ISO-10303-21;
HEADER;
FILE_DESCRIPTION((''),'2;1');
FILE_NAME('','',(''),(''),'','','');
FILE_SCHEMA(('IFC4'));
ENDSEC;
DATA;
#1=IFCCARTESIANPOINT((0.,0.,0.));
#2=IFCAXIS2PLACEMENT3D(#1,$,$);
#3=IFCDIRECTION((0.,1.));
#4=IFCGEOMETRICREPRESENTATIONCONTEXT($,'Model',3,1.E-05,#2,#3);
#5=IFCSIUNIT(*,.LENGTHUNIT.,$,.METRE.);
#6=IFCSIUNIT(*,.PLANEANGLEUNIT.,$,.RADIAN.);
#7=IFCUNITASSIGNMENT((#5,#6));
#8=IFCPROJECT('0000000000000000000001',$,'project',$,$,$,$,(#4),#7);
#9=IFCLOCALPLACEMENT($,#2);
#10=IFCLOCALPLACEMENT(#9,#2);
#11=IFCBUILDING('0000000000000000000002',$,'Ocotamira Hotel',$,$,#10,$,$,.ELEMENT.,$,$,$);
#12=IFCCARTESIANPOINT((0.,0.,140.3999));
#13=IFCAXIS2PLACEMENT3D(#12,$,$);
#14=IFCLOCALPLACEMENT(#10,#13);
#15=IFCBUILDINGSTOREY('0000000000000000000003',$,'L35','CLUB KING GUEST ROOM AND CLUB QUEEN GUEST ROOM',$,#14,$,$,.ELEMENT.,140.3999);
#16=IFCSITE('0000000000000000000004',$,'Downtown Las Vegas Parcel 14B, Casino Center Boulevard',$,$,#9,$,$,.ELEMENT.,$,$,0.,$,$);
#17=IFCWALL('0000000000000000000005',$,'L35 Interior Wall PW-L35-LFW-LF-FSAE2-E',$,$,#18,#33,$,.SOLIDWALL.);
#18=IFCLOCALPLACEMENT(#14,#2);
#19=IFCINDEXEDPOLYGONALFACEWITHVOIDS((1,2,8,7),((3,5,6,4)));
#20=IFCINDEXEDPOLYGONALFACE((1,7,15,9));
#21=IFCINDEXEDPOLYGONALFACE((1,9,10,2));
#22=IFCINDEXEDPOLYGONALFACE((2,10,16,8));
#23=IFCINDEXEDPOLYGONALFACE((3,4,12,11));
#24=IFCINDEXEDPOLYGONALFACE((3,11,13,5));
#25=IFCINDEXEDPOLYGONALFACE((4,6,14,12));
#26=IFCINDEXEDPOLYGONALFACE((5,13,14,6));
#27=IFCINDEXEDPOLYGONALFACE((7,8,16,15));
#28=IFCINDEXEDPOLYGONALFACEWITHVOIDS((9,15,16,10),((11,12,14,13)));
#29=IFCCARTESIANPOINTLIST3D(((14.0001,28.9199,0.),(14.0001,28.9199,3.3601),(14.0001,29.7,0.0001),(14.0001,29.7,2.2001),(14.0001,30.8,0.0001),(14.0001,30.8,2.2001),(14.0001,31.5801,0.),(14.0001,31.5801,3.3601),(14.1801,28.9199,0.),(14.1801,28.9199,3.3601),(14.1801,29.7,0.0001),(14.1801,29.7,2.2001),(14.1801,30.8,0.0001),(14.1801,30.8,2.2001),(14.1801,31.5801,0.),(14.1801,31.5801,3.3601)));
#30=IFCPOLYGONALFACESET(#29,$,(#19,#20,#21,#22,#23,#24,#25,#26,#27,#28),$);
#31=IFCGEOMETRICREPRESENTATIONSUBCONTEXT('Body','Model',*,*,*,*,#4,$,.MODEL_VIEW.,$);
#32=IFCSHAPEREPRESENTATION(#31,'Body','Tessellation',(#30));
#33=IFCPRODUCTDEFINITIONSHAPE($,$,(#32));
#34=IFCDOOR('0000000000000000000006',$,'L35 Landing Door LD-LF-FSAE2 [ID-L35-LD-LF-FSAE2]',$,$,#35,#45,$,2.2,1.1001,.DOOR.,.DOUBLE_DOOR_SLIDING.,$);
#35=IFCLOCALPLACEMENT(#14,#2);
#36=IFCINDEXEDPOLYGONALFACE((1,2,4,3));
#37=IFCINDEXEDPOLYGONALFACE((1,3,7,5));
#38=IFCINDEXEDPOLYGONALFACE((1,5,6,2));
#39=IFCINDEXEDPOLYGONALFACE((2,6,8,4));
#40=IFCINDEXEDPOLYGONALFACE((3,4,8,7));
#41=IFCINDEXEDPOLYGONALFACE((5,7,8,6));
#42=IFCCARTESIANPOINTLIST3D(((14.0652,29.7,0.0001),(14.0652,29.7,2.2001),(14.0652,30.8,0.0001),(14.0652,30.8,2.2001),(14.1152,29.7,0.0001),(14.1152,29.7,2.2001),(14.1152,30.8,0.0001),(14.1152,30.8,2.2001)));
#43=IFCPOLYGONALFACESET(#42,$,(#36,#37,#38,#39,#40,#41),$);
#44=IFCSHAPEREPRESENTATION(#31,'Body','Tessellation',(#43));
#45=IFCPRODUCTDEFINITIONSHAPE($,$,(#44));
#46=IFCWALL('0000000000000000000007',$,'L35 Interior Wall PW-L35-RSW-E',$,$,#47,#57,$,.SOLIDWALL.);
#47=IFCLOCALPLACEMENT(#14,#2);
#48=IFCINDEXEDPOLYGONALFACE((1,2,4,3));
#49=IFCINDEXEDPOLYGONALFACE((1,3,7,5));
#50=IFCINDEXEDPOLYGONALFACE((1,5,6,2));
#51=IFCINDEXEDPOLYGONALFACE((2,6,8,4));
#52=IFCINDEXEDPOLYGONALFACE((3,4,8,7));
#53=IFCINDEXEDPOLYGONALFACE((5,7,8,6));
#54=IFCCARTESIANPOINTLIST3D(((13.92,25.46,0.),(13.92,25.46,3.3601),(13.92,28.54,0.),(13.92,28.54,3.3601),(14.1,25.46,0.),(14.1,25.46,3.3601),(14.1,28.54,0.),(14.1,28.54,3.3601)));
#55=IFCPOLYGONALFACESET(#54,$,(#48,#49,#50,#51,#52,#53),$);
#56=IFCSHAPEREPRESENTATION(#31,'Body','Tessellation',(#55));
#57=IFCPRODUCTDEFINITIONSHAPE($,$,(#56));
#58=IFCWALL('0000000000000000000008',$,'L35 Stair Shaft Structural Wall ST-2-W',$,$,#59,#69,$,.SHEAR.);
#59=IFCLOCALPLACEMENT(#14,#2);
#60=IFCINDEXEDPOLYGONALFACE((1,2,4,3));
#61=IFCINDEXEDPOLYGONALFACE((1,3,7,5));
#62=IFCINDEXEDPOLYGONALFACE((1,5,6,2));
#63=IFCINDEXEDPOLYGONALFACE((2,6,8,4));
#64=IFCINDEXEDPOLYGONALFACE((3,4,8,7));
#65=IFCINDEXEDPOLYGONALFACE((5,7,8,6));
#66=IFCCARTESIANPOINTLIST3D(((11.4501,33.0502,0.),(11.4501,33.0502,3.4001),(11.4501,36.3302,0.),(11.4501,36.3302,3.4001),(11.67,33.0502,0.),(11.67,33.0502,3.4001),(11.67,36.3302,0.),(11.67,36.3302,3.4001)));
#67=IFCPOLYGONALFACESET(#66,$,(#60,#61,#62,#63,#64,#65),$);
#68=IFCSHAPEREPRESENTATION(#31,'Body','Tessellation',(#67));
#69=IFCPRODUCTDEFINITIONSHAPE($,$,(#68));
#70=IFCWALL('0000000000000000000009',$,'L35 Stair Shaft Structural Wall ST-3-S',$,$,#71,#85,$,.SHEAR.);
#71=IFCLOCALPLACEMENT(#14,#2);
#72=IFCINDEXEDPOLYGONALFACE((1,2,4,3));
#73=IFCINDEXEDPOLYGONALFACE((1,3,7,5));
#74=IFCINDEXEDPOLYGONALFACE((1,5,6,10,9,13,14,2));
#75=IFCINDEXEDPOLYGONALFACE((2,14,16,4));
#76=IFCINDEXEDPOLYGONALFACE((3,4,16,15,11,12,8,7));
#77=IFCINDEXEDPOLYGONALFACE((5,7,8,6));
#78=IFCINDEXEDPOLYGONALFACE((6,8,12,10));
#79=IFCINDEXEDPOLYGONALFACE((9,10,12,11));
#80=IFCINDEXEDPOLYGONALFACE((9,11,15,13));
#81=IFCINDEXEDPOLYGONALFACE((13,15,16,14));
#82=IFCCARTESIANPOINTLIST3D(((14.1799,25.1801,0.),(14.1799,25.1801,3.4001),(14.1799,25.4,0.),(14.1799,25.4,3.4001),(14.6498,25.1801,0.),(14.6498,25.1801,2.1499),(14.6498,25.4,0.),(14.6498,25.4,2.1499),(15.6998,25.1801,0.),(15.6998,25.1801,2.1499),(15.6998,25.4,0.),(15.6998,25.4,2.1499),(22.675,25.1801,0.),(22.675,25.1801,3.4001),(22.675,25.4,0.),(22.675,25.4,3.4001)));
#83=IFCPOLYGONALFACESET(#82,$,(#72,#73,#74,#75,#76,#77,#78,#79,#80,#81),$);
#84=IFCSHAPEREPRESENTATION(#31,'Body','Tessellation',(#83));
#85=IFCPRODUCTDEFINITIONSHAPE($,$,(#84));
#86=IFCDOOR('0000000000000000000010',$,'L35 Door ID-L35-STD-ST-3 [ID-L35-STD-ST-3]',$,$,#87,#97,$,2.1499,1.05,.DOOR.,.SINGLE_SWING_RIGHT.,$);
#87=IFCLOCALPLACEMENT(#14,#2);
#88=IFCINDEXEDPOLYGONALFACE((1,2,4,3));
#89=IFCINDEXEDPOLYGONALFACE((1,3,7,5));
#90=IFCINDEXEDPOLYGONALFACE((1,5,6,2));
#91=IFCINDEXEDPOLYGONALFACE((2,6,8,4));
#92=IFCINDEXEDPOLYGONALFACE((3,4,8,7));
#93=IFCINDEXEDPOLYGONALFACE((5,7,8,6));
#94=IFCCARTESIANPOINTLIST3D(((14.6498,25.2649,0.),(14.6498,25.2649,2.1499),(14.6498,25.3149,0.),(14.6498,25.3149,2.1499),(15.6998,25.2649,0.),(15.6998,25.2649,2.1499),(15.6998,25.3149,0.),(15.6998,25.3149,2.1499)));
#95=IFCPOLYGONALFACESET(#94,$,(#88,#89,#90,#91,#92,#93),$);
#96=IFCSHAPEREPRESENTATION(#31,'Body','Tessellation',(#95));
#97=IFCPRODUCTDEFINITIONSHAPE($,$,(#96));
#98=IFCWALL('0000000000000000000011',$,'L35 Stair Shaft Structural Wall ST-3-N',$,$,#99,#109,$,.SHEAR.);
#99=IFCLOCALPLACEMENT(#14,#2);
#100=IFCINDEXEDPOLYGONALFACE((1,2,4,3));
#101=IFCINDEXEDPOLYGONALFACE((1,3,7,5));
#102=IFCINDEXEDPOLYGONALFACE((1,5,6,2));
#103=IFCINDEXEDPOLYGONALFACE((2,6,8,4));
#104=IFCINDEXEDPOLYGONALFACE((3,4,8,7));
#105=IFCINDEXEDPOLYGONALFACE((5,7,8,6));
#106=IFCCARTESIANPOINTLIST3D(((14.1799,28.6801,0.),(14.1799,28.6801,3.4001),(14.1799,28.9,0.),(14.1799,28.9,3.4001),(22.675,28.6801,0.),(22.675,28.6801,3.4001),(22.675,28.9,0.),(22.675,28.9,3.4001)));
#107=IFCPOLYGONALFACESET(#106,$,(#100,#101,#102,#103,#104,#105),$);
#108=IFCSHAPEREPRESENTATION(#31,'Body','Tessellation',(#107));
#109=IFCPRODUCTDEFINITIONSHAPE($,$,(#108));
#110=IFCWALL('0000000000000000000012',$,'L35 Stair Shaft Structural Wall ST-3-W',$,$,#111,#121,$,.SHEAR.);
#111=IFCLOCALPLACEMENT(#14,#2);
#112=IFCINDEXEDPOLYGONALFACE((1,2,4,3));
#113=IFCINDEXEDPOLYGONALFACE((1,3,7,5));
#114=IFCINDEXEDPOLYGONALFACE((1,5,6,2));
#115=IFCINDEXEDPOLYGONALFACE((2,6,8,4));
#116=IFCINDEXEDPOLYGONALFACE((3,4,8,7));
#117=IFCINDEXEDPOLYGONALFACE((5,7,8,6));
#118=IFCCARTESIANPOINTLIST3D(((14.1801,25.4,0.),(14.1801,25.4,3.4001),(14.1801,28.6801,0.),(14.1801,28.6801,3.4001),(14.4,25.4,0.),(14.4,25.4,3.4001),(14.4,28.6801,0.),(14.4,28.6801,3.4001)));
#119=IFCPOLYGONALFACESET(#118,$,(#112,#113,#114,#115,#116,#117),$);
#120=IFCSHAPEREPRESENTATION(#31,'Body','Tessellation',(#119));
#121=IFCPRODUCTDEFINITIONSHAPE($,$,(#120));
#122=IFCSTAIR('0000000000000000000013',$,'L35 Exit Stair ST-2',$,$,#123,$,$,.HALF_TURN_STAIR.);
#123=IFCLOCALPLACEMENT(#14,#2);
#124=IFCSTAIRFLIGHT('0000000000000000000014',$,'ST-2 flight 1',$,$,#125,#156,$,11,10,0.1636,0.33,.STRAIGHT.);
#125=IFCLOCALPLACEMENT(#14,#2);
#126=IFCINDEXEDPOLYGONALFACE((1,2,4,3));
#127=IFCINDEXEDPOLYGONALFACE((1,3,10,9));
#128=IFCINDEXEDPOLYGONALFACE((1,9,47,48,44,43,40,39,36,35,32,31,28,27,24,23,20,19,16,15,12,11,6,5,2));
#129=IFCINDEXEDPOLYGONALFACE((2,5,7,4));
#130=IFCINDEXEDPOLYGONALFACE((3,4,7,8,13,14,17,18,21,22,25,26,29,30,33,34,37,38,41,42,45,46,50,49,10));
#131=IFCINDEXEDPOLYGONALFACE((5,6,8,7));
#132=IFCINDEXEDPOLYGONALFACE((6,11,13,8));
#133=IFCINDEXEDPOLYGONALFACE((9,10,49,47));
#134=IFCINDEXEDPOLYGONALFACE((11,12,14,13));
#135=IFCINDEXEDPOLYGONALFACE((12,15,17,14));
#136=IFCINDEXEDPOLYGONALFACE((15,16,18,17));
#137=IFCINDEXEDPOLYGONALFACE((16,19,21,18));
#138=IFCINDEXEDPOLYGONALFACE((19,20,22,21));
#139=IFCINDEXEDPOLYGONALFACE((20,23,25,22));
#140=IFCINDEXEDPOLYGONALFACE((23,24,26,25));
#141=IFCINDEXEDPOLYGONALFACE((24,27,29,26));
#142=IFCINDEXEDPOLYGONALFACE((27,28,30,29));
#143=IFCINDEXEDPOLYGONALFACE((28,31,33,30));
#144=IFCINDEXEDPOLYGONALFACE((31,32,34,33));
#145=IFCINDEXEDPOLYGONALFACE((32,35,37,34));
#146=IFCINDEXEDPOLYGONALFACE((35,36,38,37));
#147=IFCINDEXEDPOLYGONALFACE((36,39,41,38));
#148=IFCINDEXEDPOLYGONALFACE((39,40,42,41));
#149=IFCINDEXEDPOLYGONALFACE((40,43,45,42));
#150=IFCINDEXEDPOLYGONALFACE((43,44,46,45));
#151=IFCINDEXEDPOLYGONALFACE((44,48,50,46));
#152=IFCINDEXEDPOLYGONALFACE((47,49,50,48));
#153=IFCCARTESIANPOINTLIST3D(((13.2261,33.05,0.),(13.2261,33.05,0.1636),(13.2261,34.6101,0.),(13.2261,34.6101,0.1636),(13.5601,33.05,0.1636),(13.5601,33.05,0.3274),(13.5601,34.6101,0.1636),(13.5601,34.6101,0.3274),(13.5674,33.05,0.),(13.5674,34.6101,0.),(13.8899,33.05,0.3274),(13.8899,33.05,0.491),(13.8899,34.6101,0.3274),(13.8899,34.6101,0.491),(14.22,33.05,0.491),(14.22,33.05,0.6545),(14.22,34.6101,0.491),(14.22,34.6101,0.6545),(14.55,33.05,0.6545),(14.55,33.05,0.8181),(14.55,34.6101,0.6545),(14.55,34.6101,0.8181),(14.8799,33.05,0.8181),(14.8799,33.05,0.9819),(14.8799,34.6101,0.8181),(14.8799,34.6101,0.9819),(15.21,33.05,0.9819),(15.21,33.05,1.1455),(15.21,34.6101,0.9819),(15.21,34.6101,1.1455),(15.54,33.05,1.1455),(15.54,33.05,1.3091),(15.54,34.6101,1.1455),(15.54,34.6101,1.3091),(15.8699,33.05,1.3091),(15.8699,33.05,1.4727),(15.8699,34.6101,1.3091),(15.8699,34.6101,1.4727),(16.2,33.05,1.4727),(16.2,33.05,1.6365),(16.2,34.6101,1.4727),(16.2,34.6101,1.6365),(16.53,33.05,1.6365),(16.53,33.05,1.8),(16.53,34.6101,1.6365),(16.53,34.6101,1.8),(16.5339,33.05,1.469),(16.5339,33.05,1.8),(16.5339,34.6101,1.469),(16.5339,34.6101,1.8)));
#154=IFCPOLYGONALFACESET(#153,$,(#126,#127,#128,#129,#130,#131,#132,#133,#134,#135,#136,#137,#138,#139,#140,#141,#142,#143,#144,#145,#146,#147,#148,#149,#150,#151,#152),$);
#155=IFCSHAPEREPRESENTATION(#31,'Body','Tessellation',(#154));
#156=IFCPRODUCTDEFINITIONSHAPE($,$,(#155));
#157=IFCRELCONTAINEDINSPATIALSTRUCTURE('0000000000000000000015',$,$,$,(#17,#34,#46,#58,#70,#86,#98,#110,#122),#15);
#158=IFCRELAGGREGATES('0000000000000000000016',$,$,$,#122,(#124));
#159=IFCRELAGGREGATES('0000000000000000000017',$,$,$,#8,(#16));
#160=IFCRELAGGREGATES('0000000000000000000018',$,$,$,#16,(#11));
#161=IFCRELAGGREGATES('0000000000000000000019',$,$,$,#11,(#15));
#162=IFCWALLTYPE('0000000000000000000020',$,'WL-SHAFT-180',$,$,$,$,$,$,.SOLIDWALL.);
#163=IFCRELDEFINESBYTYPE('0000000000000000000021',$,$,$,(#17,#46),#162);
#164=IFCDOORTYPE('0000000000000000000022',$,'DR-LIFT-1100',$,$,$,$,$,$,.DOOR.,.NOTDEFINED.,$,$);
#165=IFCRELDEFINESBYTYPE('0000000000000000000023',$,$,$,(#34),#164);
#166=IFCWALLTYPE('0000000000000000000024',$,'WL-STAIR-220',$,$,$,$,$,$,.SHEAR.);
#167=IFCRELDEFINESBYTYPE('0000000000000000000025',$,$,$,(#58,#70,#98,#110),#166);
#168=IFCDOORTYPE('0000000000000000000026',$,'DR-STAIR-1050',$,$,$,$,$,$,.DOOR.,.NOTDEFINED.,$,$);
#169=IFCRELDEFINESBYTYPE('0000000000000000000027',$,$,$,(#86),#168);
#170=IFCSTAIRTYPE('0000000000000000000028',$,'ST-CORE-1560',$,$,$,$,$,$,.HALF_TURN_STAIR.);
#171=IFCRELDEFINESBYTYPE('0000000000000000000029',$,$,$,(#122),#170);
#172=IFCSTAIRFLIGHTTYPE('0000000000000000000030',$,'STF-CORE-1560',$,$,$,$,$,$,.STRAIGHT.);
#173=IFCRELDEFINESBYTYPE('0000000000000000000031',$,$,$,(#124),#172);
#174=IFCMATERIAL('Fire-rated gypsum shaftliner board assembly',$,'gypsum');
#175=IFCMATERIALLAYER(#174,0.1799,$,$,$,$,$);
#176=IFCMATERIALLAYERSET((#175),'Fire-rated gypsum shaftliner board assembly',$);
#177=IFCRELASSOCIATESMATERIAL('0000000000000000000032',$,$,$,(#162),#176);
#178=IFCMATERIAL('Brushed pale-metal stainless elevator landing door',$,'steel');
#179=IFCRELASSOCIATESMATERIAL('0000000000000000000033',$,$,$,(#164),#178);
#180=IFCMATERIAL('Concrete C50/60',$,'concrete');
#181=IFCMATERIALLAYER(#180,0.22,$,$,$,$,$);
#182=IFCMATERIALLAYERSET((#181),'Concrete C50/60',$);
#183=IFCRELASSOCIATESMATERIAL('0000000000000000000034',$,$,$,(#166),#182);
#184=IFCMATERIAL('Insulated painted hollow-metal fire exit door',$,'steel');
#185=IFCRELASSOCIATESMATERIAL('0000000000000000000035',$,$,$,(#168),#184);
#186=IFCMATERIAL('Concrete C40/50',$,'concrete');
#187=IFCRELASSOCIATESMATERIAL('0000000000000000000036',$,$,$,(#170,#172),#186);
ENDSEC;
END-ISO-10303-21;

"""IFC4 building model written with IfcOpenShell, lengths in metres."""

from ifc_helpers import new_model, si_unit, direction, frame, frame_2d, origin, place, context, subcontext, project, spatial, polyline, rectangle, outline, extrude, source, transform, mapped, material, layer, layer_set, type_object, element, fill, aggregate, save


model = new_model("IFC4")

# Units and contexts
model_context = context("Model", 3, precision=1e-05, world=origin(), true_north=direction((0.0, 1.0)))
body_context = subcontext(model_context, "Body", "Model", "MODEL_VIEW")
ifc_project = project(units=[si_unit("LENGTHUNIT", "METRE"), si_unit("PLANEANGLEUNIT", "RADIAN")], contexts=[model_context])

# Site, building, storey
site_placement = place(None, origin())
site = spatial("IfcSite", under=ifc_project, at=site_placement, Name="Downtown Las Vegas Parcel 14B, Casino Center Boulevard", CompositionType="ELEMENT", RefElevation=0.0)
building_placement = place(site_placement, origin())
building = spatial("IfcBuilding", under=site, at=building_placement, Name="Ocotamira Hotel", CompositionType="ELEMENT")
storey_placement = place(building_placement, frame((0.0, 0.0, 140.3999)))
storey = spatial("IfcBuildingStorey", under=building, at=storey_placement, Name="L35", Description="CLUB KING GUEST ROOM AND CLUB QUEEN GUEST ROOM", CompositionType="ELEMENT", Elevation=140.3999)

# Wall, opening, door
ifc_material_1 = material(Name="Fire-rated gypsum shaftliner board assembly", Category="gypsum")
ifc_layer_1 = layer(ifc_material_1, 0.1799)
ifc_layer_set_1 = layer_set([ifc_layer_1], Name="Fire-rated gypsum shaftliner board assembly")
wall_type_1 = type_object("IfcWallType", Name="WL-SHAFT-180", PredefinedType="SOLIDWALL", material=ifc_layer_set_1)
wall_1_placement = place(storey_placement, frame((14.0901, 28.9199, 0.0), z_axis=(0.0, 0.0, 1.0), x_axis=(0.0, 1.0, 0.0)))
wall_1 = element("IfcWall", 1, at=wall_1_placement, inside=storey, type_object=wall_type_1, Name="L35 Interior Wall PW-L35-LFW-LF-FSAE2-E", PredefinedType="SOLIDWALL", context=body_context, shape_type="SweptSolid", body=[
    extrude(rectangle(XDim=2.6602, YDim=0.1799, at=frame_2d((1.3301, 0.0))), origin(), (0.0, 0.0, 1.0), 3.3601),
])
opening_1_placement = place(wall_1_placement, frame((0.78, 0.0, 0.0)))
opening_1 = element("IfcOpeningElement", 2, at=opening_1_placement, cuts=wall_1, PredefinedType="OPENING", context=body_context, shape_type="SweptSolid", body=[
    extrude(rectangle(XDim=1.1001, YDim=2.2, at=frame_2d((0.55, 1.1001))), frame((0.0, 0.1001, 0.0), z_axis=(0.0, -1.0, 0.0), x_axis=(1.0, 0.0, 0.0)), (0.0, 0.0, 1.0), 0.2),
])
ifc_material_2 = material(Name="Brushed pale-metal stainless elevator landing door", Category="steel")
door_type_1 = type_object("IfcDoorType", Name="DR-LIFT-1100", OperationType="NOTDEFINED", PredefinedType="DOOR", material=ifc_material_2)
shared_shape_1 = source(origin(), body_context, "Body", "SweptSolid", [
    extrude(rectangle(XDim=1.1001, YDim=2.2, at=frame_2d((0.55, 1.1001))), frame((0.0, 0.0249, 0.0), z_axis=(0.0, -1.0, 0.0), x_axis=(1.0, 0.0, 0.0)), (0.0, 0.0, 1.0), 0.05),
])
door_1_placement = place(opening_1_placement, origin())
door_1 = element("IfcDoor", 3, at=door_1_placement, inside=storey, type_object=door_type_1, Name="L35 Landing Door LD-LF-FSAE2 [ID-L35-LD-LF-FSAE2]", OperationType="DOUBLE_DOOR_SLIDING", OverallHeight=2.2, OverallWidth=1.1001, PredefinedType="DOOR", context=body_context, shape_type="MappedRepresentation", body=[
    mapped(shared_shape_1, transform((0.0, 0.0, 0.0), scale=1.0)),
])
fill(opening_1, door_1)

# Walls
wall_2_placement = place(storey_placement, frame((14.01, 25.46, 0.0), z_axis=(0.0, 0.0, 1.0), x_axis=(0.0, 1.0, 0.0)))
element("IfcWall", 4, at=wall_2_placement, inside=storey, type_object=wall_type_1, Name="L35 Interior Wall PW-L35-RSW-E", PredefinedType="SOLIDWALL", context=body_context, shape_type="SweptSolid", body=[
    extrude(rectangle(XDim=3.0801, YDim=0.1799, at=frame_2d((1.54, 0.0))), origin(), (0.0, 0.0, 1.0), 3.3601),
])
ifc_material_3 = material(Name="Concrete C50/60", Category="concrete")
ifc_layer_2 = layer(ifc_material_3, 0.22)
ifc_layer_set_2 = layer_set([ifc_layer_2], Name="Concrete C50/60")
wall_type_2 = type_object("IfcWallType", Name="WL-STAIR-220", PredefinedType="SHEAR", material=ifc_layer_set_2)
wall_3_placement = place(storey_placement, frame((11.5601, 33.05, 0.0), z_axis=(0.0, 0.0, 1.0), x_axis=(0.0, 1.0, 0.0)))
element("IfcWall", 5, at=wall_3_placement, inside=storey, type_object=wall_type_2, Name="L35 Stair Shaft Structural Wall ST-2-W", PredefinedType="SHEAR", context=body_context, shape_type="SweptSolid", body=[
    extrude(rectangle(XDim=3.28, YDim=0.22, at=frame_2d((1.6401, 0.0))), origin(), (0.0, 0.0, 1.0), 3.4001),
])

# Wall, opening, door
wall_4_placement = place(storey_placement, frame((14.1799, 25.29, 0.0), z_axis=(0.0, 0.0, 1.0), x_axis=(1.0, 0.0, 0.0)))
wall_4 = element("IfcWall", 6, at=wall_4_placement, inside=storey, type_object=wall_type_2, Name="L35 Stair Shaft Structural Wall ST-3-S", PredefinedType="SHEAR", context=body_context, shape_type="SweptSolid", body=[
    extrude(rectangle(XDim=8.4951, YDim=0.22, at=frame_2d((4.2476, 0.0))), origin(), (0.0, 0.0, 1.0), 3.4001),
])
opening_2_placement = place(wall_4_placement, frame((0.47, 0.0, 0.0)))
opening_2 = element("IfcOpeningElement", 7, at=opening_2_placement, cuts=wall_4, PredefinedType="OPENING", context=body_context, shape_type="SweptSolid", body=[
    extrude(rectangle(XDim=1.05, YDim=2.1499, at=frame_2d((0.5249, 1.075))), frame((0.0, 0.1201, 0.0), z_axis=(0.0, -1.0, 0.0), x_axis=(1.0, 0.0, 0.0)), (0.0, 0.0, 1.0), 0.24),
])
ifc_material_4 = material(Name="Insulated painted hollow-metal fire exit door", Category="steel")
door_type_2 = type_object("IfcDoorType", Name="DR-STAIR-1050", OperationType="NOTDEFINED", PredefinedType="DOOR", material=ifc_material_4)
shared_shape_2 = source(origin(), body_context, "Body", "SweptSolid", [
    extrude(rectangle(XDim=1.05, YDim=2.1499, at=frame_2d((0.5249, 1.075))), frame((0.0, 0.0249, 0.0), z_axis=(0.0, -1.0, 0.0), x_axis=(1.0, 0.0, 0.0)), (0.0, 0.0, 1.0), 0.05),
])
door_2_placement = place(opening_2_placement, origin())
door_2 = element("IfcDoor", 8, at=door_2_placement, inside=storey, type_object=door_type_2, Name="L35 Door ID-L35-STD-ST-3 [ID-L35-STD-ST-3]", OperationType="SINGLE_SWING_RIGHT", OverallHeight=2.1499, OverallWidth=1.05, PredefinedType="DOOR", context=body_context, shape_type="MappedRepresentation", body=[
    mapped(shared_shape_2, transform((0.0, 0.0, 0.0), scale=1.0)),
])
fill(opening_2, door_2)

# Walls
wall_5_placement = place(storey_placement, frame((14.1799, 28.79, 0.0), z_axis=(0.0, 0.0, 1.0), x_axis=(1.0, 0.0, 0.0)))
element("IfcWall", 9, at=wall_5_placement, inside=storey, type_object=wall_type_2, Name="L35 Stair Shaft Structural Wall ST-3-N", PredefinedType="SHEAR", context=body_context, shape_type="SweptSolid", body=[
    extrude(rectangle(XDim=8.4951, YDim=0.22, at=frame_2d((4.2476, 0.0))), origin(), (0.0, 0.0, 1.0), 3.4001),
])
wall_6_placement = place(storey_placement, frame((14.29, 25.3999, 0.0), z_axis=(0.0, 0.0, 1.0), x_axis=(0.0, 1.0, 0.0)))
element("IfcWall", 10, at=wall_6_placement, inside=storey, type_object=wall_type_2, Name="L35 Stair Shaft Structural Wall ST-3-W", PredefinedType="SHEAR", context=body_context, shape_type="SweptSolid", body=[
    extrude(rectangle(XDim=3.28, YDim=0.22, at=frame_2d((1.6401, 0.0))), origin(), (0.0, 0.0, 1.0), 3.4001),
])

# Stair, stair flight
ifc_material_5 = material(Name="Concrete C40/50", Category="concrete")
stair_type = type_object("IfcStairType", Name="ST-CORE-1560", PredefinedType="HALF_TURN_STAIR", material=ifc_material_5)
stair_1_placement = place(storey_placement, origin())
stair_1 = element("IfcStair", 11, at=stair_1_placement, inside=storey, type_object=stair_type, Name="L35 Exit Stair ST-2", PredefinedType="HALF_TURN_STAIR")
stair_flight_type = type_object("IfcStairFlightType", Name="STF-CORE-1560", PredefinedType="STRAIGHT", material=ifc_material_5)
shared_shape_3 = source(origin(), body_context, "Body", "SweptSolid", [
    extrude(outline(polyline([(-0.0039, 0.0), (-0.0039, 0.1636), (0.3301, 0.1636), (0.3301, 0.3274), (0.6599, 0.3274), (0.6599, 0.491), (0.99, 0.491), (0.99, 0.6545), (1.3201, 0.6545), (1.3201, 0.8181), (1.6499, 0.8181), (1.6499, 0.9819), (1.98, 0.9819), (1.98, 1.1455), (2.3101, 1.1455), (2.3101, 1.3091), (2.6399, 1.3091), (2.6399, 1.4727), (2.97, 1.4727), (2.97, 1.6365), (3.3, 1.6365), (3.3, 1.8), (3.304, 1.8), (3.304, 1.469), (0.3374, 0.0), (-0.0039, 0.0)])), frame((0.0, 0.78, 0.0), z_axis=(0.0, -1.0, 0.0), x_axis=(1.0, 0.0, 0.0)), (0.0, 0.0, 1.0), 1.5601),
])
stair_flight_1_placement = place(storey_placement, frame((13.23, 33.8301, 0.0), z_axis=(0.0, 0.0, 1.0), x_axis=(1.0, 0.0, 0.0)))
stair_flight_1 = element("IfcStairFlight", 12, at=stair_flight_1_placement, type_object=stair_flight_type, Name="ST-2 flight 1", NumberOfRisers=11, NumberOfTreads=10, PredefinedType="STRAIGHT", RiserHeight=0.1636, TreadLength=0.33, context=body_context, shape_type="MappedRepresentation", body=[
    mapped(shared_shape_3, transform((0.0, 0.0, 0.0), scale=1.0)),
])
aggregate(stair_1, [stair_flight_1])

save(model, "model.ifc")
